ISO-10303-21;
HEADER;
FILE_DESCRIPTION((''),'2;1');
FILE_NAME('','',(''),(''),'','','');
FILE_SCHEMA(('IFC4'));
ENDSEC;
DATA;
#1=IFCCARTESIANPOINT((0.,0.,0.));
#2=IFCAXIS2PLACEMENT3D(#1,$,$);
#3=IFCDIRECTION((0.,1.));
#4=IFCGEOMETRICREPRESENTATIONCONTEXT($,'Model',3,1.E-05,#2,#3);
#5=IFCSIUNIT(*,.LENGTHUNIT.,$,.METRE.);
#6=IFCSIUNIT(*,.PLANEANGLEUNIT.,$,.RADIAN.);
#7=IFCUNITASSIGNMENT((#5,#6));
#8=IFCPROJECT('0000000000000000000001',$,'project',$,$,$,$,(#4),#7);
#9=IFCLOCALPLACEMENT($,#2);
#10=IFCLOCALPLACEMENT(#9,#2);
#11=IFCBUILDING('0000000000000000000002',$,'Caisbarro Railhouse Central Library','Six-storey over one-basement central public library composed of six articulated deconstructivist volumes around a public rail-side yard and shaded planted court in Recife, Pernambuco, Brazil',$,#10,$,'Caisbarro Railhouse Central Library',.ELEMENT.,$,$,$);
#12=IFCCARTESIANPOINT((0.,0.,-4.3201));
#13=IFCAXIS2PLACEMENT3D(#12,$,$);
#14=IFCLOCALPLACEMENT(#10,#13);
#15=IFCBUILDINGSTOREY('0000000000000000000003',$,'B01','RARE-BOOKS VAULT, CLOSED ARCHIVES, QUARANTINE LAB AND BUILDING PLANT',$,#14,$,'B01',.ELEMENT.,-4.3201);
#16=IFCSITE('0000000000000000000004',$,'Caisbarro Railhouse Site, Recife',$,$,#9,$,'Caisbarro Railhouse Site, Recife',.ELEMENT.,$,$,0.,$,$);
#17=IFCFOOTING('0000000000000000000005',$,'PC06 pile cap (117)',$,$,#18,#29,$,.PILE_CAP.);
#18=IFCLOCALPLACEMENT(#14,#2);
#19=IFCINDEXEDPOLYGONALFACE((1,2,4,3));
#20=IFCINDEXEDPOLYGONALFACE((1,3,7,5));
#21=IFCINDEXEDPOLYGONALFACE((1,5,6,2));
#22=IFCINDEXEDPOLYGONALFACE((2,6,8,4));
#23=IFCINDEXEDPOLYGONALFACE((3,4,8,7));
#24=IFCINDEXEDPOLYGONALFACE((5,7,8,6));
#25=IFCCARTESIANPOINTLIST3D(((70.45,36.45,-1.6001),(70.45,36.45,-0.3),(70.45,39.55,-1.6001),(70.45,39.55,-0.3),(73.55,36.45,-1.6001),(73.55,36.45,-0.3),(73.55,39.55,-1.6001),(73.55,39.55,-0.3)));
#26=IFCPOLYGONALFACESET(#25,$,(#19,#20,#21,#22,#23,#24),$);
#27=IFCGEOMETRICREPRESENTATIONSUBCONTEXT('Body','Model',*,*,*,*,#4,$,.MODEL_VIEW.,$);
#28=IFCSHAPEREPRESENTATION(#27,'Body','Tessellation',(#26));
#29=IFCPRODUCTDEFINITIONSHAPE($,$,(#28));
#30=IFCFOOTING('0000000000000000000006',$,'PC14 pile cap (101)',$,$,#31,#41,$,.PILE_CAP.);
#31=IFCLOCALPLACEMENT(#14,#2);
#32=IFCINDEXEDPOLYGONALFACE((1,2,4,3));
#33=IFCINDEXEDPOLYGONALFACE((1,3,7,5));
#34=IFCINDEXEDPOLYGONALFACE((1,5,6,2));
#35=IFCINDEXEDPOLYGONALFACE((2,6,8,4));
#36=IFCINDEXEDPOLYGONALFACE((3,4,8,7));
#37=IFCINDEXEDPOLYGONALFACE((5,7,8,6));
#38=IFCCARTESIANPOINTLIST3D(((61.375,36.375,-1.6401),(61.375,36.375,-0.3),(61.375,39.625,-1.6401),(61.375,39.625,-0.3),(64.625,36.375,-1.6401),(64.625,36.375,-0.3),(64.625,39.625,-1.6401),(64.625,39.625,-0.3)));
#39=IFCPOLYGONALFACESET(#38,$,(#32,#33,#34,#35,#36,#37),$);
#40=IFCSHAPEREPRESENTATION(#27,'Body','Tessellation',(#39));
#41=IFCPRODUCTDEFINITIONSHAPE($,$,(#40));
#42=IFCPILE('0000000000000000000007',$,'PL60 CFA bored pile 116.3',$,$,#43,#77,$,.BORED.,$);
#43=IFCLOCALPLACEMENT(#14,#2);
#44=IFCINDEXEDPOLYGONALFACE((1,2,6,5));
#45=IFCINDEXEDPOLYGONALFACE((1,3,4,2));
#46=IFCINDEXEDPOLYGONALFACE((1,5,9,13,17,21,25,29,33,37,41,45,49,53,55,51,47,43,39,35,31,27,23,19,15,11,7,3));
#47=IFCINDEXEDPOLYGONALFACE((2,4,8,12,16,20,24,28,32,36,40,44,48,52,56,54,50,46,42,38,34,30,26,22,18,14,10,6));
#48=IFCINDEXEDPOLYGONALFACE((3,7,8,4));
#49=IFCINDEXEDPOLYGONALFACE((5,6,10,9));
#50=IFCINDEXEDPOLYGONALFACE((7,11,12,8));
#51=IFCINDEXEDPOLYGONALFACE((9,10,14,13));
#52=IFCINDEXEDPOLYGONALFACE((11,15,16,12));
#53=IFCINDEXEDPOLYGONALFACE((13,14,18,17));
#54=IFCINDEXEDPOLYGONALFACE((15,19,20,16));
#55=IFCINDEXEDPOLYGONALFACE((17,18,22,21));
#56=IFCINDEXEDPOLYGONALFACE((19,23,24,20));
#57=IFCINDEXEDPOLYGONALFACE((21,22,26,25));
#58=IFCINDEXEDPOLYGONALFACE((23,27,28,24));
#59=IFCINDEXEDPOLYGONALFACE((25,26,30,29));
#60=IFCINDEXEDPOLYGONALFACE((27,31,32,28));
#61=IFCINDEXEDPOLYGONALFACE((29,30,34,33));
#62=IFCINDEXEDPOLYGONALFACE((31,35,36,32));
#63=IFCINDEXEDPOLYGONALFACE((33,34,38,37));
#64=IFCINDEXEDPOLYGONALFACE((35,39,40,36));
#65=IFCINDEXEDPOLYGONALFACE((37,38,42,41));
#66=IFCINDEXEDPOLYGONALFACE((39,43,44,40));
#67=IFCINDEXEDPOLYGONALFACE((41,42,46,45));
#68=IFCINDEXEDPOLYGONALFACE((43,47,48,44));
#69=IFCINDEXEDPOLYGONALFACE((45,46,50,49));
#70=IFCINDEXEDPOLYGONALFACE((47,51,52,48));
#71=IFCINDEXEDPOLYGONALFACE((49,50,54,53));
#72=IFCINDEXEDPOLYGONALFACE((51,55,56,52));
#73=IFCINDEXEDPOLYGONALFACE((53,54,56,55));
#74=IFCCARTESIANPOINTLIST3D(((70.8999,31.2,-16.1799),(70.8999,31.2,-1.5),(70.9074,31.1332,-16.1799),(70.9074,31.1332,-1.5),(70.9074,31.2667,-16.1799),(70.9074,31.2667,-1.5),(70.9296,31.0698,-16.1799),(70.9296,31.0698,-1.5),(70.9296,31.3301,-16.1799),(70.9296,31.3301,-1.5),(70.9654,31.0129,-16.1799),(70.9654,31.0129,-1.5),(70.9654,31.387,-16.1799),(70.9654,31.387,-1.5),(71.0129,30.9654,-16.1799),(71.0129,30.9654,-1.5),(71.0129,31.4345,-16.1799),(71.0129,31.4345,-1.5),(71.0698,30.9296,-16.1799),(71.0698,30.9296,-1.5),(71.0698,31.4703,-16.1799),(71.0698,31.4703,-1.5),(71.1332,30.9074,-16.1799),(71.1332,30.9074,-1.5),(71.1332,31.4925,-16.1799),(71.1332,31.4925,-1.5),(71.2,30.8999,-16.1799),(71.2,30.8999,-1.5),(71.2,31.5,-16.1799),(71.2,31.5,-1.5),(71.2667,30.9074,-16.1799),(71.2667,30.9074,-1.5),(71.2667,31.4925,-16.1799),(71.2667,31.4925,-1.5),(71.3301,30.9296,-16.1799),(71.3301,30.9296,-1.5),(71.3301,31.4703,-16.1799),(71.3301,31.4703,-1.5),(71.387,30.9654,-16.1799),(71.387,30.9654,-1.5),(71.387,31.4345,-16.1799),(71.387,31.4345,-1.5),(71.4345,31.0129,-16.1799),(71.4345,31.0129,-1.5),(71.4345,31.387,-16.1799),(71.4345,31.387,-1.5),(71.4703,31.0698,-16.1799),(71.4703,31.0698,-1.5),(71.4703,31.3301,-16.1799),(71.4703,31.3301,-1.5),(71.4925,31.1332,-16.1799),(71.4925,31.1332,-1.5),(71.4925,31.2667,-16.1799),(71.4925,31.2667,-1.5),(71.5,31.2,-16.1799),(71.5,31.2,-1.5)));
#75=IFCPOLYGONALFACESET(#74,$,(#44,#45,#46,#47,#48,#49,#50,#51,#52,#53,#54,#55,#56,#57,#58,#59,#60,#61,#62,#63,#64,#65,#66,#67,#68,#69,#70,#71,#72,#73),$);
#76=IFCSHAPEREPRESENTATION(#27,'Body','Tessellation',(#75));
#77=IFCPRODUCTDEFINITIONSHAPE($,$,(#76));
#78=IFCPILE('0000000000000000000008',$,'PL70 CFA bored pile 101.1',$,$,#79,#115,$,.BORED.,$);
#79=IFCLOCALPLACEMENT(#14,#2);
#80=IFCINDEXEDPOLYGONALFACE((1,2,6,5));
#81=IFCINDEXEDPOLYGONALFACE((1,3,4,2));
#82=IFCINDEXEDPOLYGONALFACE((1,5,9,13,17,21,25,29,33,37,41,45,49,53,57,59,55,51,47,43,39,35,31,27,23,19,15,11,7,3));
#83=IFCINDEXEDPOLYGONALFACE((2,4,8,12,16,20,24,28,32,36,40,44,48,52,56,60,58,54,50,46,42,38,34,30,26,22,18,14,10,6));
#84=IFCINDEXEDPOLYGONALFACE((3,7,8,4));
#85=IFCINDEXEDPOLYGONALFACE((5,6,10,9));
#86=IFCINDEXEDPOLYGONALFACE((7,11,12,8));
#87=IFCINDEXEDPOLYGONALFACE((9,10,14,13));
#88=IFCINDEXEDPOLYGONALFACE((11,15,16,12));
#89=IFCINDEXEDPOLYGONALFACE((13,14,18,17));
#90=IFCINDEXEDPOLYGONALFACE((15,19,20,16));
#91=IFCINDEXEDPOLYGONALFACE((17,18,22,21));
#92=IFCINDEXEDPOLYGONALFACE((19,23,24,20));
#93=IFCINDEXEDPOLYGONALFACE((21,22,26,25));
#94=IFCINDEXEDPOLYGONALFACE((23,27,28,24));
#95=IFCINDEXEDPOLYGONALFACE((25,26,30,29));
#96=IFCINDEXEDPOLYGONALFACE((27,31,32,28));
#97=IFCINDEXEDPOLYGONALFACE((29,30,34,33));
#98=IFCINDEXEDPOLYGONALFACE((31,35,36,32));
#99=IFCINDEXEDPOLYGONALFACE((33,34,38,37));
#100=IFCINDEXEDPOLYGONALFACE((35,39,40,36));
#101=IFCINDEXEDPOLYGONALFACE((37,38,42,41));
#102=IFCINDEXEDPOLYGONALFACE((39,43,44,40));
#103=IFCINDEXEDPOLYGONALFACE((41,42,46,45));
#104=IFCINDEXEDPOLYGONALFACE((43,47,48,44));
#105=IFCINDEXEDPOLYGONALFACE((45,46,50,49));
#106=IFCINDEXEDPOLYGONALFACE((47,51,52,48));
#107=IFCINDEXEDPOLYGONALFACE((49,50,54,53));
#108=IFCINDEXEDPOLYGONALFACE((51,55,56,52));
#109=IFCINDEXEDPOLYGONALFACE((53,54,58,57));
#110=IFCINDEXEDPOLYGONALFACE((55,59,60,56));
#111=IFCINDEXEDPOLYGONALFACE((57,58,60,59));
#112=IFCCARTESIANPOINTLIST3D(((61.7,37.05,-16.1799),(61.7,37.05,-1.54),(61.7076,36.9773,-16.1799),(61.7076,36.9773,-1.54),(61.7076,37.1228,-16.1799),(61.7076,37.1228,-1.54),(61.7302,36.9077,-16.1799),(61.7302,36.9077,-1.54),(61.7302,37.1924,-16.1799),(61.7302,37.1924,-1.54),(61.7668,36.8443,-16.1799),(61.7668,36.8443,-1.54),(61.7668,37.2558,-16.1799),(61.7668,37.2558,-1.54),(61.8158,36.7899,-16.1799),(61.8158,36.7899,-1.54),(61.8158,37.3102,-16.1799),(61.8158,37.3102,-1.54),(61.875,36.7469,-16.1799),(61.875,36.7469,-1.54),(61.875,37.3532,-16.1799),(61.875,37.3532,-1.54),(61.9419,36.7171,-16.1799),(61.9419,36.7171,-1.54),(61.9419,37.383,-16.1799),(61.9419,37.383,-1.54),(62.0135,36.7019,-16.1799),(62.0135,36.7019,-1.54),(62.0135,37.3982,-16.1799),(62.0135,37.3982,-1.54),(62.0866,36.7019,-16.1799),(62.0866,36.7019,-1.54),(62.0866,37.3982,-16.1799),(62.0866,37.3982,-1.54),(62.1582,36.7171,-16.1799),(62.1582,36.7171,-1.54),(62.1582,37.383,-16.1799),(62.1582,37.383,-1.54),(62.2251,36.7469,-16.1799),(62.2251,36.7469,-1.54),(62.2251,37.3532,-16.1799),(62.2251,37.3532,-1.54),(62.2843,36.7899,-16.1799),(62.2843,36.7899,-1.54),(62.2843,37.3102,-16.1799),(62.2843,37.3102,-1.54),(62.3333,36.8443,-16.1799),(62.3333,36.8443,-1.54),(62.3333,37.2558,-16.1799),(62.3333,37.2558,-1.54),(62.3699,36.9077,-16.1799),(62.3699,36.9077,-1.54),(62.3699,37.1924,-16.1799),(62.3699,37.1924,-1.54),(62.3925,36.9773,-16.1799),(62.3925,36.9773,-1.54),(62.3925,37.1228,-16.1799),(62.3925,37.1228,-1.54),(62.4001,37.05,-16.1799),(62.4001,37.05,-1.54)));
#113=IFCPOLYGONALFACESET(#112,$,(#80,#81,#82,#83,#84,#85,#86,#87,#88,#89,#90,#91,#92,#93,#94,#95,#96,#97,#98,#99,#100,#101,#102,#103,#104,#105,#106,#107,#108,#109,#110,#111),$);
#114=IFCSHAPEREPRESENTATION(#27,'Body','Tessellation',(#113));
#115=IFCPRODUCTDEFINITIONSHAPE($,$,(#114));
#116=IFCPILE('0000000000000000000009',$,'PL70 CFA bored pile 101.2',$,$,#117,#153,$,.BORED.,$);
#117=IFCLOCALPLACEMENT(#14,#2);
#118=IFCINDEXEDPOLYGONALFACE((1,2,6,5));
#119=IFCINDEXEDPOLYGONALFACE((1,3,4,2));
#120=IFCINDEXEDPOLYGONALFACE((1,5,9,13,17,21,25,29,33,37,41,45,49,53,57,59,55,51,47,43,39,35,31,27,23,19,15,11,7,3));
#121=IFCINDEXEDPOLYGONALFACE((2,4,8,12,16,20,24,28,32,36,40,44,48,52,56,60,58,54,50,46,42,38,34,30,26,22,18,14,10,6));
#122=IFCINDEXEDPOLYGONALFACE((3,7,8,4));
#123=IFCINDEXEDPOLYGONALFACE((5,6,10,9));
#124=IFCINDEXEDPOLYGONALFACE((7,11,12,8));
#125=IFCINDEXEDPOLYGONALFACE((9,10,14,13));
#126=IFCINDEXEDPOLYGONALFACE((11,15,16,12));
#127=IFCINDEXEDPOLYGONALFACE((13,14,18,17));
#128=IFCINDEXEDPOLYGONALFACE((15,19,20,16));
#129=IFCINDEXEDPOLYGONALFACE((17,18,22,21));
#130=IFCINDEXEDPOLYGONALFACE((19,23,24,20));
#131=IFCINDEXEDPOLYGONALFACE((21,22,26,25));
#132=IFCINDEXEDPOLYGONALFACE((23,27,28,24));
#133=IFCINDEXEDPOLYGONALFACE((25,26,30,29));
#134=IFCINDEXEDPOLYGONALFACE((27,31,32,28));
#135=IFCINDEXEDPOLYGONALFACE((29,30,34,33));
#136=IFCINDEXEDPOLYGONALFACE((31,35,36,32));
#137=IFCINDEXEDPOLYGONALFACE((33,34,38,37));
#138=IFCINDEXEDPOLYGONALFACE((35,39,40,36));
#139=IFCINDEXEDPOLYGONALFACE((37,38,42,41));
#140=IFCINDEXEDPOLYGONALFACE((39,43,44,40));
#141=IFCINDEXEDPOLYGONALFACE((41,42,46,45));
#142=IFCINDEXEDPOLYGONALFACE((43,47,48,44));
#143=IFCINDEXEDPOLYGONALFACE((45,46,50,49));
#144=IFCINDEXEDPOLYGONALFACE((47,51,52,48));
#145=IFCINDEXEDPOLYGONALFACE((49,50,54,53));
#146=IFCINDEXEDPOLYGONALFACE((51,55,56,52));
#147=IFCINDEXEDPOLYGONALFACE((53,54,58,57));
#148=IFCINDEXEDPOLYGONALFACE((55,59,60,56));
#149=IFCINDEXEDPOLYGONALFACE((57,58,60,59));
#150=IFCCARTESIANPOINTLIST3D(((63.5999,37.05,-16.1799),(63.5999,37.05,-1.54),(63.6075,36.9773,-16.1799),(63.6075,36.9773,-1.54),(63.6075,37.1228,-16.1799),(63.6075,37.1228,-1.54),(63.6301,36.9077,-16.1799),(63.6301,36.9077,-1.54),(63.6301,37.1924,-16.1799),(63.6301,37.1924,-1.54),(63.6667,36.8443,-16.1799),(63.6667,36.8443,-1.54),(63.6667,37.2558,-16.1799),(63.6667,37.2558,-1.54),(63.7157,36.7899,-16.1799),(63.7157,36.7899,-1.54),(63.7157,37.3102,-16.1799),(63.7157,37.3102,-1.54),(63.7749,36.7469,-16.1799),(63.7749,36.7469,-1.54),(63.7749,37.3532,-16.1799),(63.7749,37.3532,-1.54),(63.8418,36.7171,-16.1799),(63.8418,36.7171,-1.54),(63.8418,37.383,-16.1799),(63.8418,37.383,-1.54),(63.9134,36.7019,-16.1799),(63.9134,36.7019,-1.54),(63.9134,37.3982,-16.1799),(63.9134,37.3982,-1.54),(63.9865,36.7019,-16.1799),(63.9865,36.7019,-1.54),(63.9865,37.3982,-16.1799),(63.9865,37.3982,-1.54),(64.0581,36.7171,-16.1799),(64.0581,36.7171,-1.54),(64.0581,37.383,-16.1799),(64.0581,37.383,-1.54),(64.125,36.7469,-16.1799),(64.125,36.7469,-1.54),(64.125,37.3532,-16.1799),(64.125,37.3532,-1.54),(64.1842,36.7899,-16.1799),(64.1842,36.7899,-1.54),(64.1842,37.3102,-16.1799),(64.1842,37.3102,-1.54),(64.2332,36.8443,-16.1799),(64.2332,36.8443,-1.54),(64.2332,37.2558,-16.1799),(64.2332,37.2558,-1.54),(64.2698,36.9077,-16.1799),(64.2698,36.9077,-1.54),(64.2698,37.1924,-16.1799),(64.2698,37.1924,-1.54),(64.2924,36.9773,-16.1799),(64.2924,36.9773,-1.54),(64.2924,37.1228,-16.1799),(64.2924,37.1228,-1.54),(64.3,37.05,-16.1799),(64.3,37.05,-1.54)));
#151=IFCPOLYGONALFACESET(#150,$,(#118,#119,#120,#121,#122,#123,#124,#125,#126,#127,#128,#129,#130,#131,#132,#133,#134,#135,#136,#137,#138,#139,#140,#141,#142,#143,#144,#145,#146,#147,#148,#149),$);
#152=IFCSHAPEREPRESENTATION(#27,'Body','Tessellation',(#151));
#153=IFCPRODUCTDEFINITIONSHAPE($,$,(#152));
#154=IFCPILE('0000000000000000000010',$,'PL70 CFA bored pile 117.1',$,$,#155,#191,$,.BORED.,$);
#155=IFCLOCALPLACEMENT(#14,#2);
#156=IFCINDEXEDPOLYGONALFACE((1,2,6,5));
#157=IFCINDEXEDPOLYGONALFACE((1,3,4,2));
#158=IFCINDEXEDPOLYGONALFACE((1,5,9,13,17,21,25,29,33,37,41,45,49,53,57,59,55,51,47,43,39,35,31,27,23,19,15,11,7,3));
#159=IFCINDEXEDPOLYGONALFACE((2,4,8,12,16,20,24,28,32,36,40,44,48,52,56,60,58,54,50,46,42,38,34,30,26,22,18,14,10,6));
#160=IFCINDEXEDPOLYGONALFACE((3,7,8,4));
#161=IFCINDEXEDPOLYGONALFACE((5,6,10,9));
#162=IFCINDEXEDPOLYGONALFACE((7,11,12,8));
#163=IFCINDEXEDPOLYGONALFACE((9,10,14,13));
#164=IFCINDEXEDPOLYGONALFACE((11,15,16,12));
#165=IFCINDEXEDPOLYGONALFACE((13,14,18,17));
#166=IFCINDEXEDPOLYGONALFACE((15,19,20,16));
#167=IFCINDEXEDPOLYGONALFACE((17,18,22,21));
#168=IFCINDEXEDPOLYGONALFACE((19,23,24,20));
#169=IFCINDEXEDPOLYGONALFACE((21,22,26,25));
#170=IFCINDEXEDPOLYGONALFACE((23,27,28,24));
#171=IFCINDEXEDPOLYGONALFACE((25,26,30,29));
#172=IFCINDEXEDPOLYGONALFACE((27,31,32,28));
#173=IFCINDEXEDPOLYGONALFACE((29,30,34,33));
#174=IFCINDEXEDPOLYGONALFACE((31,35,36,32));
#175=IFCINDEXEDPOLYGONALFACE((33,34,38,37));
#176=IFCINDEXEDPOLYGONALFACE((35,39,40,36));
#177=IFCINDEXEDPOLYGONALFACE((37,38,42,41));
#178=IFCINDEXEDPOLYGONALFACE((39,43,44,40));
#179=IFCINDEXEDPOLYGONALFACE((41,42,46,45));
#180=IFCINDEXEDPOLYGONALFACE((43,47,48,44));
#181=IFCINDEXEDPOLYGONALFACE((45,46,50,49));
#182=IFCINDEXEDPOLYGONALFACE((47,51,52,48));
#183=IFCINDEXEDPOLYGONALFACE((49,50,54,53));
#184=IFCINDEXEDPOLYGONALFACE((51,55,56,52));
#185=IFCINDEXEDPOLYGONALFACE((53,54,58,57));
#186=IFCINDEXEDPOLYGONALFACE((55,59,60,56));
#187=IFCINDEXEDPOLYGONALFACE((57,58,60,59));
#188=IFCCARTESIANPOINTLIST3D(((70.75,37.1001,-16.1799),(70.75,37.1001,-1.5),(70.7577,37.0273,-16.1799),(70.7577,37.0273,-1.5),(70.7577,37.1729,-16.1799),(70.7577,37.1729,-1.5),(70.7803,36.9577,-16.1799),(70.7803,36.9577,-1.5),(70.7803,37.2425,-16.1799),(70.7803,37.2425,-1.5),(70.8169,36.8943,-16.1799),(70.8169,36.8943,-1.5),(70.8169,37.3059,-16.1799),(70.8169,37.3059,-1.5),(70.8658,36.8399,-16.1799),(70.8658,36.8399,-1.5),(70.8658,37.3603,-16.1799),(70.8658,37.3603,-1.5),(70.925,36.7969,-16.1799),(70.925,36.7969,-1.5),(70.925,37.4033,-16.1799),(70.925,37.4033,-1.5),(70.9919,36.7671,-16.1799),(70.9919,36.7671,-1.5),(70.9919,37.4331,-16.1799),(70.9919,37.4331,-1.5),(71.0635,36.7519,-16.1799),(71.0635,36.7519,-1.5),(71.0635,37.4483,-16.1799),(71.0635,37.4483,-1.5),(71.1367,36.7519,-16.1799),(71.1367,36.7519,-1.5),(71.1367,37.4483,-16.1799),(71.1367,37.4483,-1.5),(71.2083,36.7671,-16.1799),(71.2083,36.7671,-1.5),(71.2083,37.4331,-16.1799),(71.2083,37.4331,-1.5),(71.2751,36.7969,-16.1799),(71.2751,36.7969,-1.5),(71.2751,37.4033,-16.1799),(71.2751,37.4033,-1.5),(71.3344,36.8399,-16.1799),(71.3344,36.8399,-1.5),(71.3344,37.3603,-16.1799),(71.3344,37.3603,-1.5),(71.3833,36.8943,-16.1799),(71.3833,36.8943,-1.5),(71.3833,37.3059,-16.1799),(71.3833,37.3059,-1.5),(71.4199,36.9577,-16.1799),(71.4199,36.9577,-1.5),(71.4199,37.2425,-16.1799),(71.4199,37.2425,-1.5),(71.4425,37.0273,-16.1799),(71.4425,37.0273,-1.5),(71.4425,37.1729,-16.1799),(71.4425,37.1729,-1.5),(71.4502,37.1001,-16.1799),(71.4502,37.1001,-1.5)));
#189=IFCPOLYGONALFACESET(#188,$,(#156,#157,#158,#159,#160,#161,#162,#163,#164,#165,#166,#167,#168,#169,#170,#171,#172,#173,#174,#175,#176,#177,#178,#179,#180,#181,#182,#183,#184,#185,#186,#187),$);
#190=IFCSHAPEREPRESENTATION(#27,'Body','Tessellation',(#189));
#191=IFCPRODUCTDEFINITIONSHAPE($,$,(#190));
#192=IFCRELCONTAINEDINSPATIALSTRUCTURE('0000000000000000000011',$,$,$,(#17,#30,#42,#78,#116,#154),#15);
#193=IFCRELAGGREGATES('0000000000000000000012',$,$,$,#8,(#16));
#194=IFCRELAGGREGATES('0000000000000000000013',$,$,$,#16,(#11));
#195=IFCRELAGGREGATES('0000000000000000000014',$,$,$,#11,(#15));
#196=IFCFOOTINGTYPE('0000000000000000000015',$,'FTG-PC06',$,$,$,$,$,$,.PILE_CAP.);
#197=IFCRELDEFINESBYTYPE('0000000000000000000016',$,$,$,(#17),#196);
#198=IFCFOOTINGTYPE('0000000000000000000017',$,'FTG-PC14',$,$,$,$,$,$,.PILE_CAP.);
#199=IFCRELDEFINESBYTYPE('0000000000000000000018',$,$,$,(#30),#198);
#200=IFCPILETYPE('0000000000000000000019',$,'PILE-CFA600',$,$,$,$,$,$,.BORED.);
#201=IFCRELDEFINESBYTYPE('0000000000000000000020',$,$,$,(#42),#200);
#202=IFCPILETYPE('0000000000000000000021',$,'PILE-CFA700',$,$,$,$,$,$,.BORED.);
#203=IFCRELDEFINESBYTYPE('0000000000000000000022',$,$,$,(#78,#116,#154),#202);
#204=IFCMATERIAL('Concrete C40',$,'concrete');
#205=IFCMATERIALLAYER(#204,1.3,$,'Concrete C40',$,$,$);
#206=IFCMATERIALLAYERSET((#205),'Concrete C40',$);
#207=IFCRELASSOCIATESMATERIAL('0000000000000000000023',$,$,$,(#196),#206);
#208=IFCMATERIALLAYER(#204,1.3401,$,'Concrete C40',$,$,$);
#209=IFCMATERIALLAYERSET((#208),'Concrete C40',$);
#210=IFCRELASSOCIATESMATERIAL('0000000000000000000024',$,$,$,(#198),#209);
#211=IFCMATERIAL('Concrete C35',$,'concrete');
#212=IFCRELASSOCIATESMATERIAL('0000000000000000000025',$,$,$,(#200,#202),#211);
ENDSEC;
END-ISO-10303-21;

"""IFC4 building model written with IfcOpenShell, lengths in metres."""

from ifc_helpers import new_model, si_unit, direction, frame, origin, origin_2d, place, context, subcontext, project, spatial, rectangle, circle, extrude, material, layer, layer_set, material_profile, profile_set, type_object, element, save


model = new_model("IFC4")

# Units and contexts
model_context = context("Model", 3, precision=1e-05, world=origin(), true_north=direction((0.0, 1.0)))
body_context = subcontext(model_context, "Body", "Model", "MODEL_VIEW")
ifc_project = project(units=[si_unit("LENGTHUNIT", "METRE"), si_unit("PLANEANGLEUNIT", "RADIAN")], contexts=[model_context])

# Site, building, storey
site_placement = place(None, origin())
site = spatial("IfcSite", under=ifc_project, at=site_placement, Name="Caisbarro Railhouse Site, Recife", LongName="Caisbarro Railhouse Site, Recife", CompositionType="ELEMENT", RefElevation=0.0)
building_placement = place(site_placement, origin())
building = spatial("IfcBuilding", under=site, at=building_placement, Name="Caisbarro Railhouse Central Library", Description="Six-storey over one-basement central public library composed of six articulated deconstructivist volumes around a public rail-side yard and shaded planted court in Recife, Pernambuco, Brazil", LongName="Caisbarro Railhouse Central Library", CompositionType="ELEMENT")
storey_placement = place(building_placement, frame((0.0, 0.0, -4.3201)))
storey = spatial("IfcBuildingStorey", under=building, at=storey_placement, Name="B01", Description="RARE-BOOKS VAULT, CLOSED ARCHIVES, QUARANTINE LAB AND BUILDING PLANT", LongName="B01", CompositionType="ELEMENT", Elevation=-4.3201)

# Footings
ifc_material_1 = material(Name="Concrete C40", Category="concrete")
ifc_layer_1 = layer(ifc_material_1, 1.3, Name="Concrete C40")
ifc_layer_set_1 = layer_set([ifc_layer_1], Name="Concrete C40")
footing_type_1 = type_object("IfcFootingType", Name="FTG-PC06", PredefinedType="PILE_CAP", material=ifc_layer_set_1)
footing_1_placement = place(storey_placement, frame((72.0, 38.0, -1.6001), z_axis=(0.0, 0.0, 1.0), x_axis=(1.0, 0.0, 0.0)))
element("IfcFooting", 1, at=footing_1_placement, inside=storey, type_object=footing_type_1, Name="PC06 pile cap (117)", PredefinedType="PILE_CAP", context=body_context, shape_type="SweptSolid", body=[
    extrude(rectangle(XDim=3.1001, YDim=3.1001, at=origin_2d()), origin(), (0.0, 0.0, 1.0), 1.3),
])
ifc_layer_2 = layer(ifc_material_1, 1.3401, Name="Concrete C40")
ifc_layer_set_2 = layer_set([ifc_layer_2], Name="Concrete C40")
footing_type_2 = type_object("IfcFootingType", Name="FTG-PC14", PredefinedType="PILE_CAP", material=ifc_layer_set_2)
footing_2_placement = place(storey_placement, frame((63.0, 38.0, -1.6401), z_axis=(0.0, 0.0, 1.0), x_axis=(1.0, 0.0, 0.0)))
element("IfcFooting", 2, at=footing_2_placement, inside=storey, type_object=footing_type_2, Name="PC14 pile cap (101)", PredefinedType="PILE_CAP", context=body_context, shape_type="SweptSolid", body=[
    extrude(rectangle(XDim=3.25, YDim=3.25, at=origin_2d()), origin(), (0.0, 0.0, 1.0), 1.3401),
])

# Piles
ifc_material_2 = material(Name="Concrete C35", Category="concrete")
ifc_material_profile_1 = material_profile(ifc_material_2, circle(Radius=0.3, at=origin_2d()), Name="PILE-CFA-600")
ifc_profile_set_1 = profile_set([ifc_material_profile_1], Name="Concrete C35")
pile_type_1 = type_object("IfcPileType", Name="PILE-CFA600", PredefinedType="BORED", material=ifc_profile_set_1)
pile_placement = place(storey_placement, frame((71.2, 31.2, -1.5), z_axis=(0.0, 0.0, -1.0), x_axis=(1.0, 0.0, 0.0)))
element("IfcPile", 3, at=pile_placement, inside=storey, type_object=pile_type_1, Name="PL60 CFA bored pile 116.3", PredefinedType="BORED", context=body_context, shape_type="SweptSolid", body=[
    extrude(circle(Radius=0.3, at=origin_2d()), origin(), (0.0, 0.0, 1.0), 14.6799),
])
ifc_material_profile_2 = material_profile(ifc_material_2, circle(Radius=0.3501, at=origin_2d()), Name="PILE-CFA-700")
ifc_profile_set_2 = profile_set([ifc_material_profile_2], Name="Concrete C35")
pile_type_2 = type_object("IfcPileType", Name="PILE-CFA700", PredefinedType="BORED", material=ifc_profile_set_2)
for number, where, z_axis, x_axis, name in (
    (4, (62.05, 37.05, -1.54), (0.0, 0.0, -1.0), (1.0, 0.0, 0.0), "PL70 CFA bored pile 101.1"),
    (5, (63.95, 37.05, -1.54), (0.0, 0.0, -1.0), (1.0, 0.0, 0.0), "PL70 CFA bored pile 101.2"),
):
    element("IfcPile", number, at=place(storey_placement, frame(where, z_axis=z_axis, x_axis=x_axis)), inside=storey, type_object=pile_type_2, Name=name, PredefinedType="BORED", context=body_context, shape_type="SweptSolid", body=[
        extrude(circle(Radius=0.3501, at=origin_2d()), origin(), (0.0, 0.0, 1.0), 14.6399),
    ])
for number, where, z_axis, x_axis, name in (
    (6, (71.1001, 37.1001, -1.5), (0.0, 0.0, -1.0), (1.0, 0.0, 0.0), "PL70 CFA bored pile 117.1"),
):
    element("IfcPile", number, at=place(storey_placement, frame(where, z_axis=z_axis, x_axis=x_axis)), inside=storey, type_object=pile_type_2, Name=name, PredefinedType="BORED", context=body_context, shape_type="SweptSolid", body=[
        extrude(circle(Radius=0.3501, at=origin_2d()), origin(), (0.0, 0.0, 1.0), 14.6799),
    ])

save(model, "model.ifc")
